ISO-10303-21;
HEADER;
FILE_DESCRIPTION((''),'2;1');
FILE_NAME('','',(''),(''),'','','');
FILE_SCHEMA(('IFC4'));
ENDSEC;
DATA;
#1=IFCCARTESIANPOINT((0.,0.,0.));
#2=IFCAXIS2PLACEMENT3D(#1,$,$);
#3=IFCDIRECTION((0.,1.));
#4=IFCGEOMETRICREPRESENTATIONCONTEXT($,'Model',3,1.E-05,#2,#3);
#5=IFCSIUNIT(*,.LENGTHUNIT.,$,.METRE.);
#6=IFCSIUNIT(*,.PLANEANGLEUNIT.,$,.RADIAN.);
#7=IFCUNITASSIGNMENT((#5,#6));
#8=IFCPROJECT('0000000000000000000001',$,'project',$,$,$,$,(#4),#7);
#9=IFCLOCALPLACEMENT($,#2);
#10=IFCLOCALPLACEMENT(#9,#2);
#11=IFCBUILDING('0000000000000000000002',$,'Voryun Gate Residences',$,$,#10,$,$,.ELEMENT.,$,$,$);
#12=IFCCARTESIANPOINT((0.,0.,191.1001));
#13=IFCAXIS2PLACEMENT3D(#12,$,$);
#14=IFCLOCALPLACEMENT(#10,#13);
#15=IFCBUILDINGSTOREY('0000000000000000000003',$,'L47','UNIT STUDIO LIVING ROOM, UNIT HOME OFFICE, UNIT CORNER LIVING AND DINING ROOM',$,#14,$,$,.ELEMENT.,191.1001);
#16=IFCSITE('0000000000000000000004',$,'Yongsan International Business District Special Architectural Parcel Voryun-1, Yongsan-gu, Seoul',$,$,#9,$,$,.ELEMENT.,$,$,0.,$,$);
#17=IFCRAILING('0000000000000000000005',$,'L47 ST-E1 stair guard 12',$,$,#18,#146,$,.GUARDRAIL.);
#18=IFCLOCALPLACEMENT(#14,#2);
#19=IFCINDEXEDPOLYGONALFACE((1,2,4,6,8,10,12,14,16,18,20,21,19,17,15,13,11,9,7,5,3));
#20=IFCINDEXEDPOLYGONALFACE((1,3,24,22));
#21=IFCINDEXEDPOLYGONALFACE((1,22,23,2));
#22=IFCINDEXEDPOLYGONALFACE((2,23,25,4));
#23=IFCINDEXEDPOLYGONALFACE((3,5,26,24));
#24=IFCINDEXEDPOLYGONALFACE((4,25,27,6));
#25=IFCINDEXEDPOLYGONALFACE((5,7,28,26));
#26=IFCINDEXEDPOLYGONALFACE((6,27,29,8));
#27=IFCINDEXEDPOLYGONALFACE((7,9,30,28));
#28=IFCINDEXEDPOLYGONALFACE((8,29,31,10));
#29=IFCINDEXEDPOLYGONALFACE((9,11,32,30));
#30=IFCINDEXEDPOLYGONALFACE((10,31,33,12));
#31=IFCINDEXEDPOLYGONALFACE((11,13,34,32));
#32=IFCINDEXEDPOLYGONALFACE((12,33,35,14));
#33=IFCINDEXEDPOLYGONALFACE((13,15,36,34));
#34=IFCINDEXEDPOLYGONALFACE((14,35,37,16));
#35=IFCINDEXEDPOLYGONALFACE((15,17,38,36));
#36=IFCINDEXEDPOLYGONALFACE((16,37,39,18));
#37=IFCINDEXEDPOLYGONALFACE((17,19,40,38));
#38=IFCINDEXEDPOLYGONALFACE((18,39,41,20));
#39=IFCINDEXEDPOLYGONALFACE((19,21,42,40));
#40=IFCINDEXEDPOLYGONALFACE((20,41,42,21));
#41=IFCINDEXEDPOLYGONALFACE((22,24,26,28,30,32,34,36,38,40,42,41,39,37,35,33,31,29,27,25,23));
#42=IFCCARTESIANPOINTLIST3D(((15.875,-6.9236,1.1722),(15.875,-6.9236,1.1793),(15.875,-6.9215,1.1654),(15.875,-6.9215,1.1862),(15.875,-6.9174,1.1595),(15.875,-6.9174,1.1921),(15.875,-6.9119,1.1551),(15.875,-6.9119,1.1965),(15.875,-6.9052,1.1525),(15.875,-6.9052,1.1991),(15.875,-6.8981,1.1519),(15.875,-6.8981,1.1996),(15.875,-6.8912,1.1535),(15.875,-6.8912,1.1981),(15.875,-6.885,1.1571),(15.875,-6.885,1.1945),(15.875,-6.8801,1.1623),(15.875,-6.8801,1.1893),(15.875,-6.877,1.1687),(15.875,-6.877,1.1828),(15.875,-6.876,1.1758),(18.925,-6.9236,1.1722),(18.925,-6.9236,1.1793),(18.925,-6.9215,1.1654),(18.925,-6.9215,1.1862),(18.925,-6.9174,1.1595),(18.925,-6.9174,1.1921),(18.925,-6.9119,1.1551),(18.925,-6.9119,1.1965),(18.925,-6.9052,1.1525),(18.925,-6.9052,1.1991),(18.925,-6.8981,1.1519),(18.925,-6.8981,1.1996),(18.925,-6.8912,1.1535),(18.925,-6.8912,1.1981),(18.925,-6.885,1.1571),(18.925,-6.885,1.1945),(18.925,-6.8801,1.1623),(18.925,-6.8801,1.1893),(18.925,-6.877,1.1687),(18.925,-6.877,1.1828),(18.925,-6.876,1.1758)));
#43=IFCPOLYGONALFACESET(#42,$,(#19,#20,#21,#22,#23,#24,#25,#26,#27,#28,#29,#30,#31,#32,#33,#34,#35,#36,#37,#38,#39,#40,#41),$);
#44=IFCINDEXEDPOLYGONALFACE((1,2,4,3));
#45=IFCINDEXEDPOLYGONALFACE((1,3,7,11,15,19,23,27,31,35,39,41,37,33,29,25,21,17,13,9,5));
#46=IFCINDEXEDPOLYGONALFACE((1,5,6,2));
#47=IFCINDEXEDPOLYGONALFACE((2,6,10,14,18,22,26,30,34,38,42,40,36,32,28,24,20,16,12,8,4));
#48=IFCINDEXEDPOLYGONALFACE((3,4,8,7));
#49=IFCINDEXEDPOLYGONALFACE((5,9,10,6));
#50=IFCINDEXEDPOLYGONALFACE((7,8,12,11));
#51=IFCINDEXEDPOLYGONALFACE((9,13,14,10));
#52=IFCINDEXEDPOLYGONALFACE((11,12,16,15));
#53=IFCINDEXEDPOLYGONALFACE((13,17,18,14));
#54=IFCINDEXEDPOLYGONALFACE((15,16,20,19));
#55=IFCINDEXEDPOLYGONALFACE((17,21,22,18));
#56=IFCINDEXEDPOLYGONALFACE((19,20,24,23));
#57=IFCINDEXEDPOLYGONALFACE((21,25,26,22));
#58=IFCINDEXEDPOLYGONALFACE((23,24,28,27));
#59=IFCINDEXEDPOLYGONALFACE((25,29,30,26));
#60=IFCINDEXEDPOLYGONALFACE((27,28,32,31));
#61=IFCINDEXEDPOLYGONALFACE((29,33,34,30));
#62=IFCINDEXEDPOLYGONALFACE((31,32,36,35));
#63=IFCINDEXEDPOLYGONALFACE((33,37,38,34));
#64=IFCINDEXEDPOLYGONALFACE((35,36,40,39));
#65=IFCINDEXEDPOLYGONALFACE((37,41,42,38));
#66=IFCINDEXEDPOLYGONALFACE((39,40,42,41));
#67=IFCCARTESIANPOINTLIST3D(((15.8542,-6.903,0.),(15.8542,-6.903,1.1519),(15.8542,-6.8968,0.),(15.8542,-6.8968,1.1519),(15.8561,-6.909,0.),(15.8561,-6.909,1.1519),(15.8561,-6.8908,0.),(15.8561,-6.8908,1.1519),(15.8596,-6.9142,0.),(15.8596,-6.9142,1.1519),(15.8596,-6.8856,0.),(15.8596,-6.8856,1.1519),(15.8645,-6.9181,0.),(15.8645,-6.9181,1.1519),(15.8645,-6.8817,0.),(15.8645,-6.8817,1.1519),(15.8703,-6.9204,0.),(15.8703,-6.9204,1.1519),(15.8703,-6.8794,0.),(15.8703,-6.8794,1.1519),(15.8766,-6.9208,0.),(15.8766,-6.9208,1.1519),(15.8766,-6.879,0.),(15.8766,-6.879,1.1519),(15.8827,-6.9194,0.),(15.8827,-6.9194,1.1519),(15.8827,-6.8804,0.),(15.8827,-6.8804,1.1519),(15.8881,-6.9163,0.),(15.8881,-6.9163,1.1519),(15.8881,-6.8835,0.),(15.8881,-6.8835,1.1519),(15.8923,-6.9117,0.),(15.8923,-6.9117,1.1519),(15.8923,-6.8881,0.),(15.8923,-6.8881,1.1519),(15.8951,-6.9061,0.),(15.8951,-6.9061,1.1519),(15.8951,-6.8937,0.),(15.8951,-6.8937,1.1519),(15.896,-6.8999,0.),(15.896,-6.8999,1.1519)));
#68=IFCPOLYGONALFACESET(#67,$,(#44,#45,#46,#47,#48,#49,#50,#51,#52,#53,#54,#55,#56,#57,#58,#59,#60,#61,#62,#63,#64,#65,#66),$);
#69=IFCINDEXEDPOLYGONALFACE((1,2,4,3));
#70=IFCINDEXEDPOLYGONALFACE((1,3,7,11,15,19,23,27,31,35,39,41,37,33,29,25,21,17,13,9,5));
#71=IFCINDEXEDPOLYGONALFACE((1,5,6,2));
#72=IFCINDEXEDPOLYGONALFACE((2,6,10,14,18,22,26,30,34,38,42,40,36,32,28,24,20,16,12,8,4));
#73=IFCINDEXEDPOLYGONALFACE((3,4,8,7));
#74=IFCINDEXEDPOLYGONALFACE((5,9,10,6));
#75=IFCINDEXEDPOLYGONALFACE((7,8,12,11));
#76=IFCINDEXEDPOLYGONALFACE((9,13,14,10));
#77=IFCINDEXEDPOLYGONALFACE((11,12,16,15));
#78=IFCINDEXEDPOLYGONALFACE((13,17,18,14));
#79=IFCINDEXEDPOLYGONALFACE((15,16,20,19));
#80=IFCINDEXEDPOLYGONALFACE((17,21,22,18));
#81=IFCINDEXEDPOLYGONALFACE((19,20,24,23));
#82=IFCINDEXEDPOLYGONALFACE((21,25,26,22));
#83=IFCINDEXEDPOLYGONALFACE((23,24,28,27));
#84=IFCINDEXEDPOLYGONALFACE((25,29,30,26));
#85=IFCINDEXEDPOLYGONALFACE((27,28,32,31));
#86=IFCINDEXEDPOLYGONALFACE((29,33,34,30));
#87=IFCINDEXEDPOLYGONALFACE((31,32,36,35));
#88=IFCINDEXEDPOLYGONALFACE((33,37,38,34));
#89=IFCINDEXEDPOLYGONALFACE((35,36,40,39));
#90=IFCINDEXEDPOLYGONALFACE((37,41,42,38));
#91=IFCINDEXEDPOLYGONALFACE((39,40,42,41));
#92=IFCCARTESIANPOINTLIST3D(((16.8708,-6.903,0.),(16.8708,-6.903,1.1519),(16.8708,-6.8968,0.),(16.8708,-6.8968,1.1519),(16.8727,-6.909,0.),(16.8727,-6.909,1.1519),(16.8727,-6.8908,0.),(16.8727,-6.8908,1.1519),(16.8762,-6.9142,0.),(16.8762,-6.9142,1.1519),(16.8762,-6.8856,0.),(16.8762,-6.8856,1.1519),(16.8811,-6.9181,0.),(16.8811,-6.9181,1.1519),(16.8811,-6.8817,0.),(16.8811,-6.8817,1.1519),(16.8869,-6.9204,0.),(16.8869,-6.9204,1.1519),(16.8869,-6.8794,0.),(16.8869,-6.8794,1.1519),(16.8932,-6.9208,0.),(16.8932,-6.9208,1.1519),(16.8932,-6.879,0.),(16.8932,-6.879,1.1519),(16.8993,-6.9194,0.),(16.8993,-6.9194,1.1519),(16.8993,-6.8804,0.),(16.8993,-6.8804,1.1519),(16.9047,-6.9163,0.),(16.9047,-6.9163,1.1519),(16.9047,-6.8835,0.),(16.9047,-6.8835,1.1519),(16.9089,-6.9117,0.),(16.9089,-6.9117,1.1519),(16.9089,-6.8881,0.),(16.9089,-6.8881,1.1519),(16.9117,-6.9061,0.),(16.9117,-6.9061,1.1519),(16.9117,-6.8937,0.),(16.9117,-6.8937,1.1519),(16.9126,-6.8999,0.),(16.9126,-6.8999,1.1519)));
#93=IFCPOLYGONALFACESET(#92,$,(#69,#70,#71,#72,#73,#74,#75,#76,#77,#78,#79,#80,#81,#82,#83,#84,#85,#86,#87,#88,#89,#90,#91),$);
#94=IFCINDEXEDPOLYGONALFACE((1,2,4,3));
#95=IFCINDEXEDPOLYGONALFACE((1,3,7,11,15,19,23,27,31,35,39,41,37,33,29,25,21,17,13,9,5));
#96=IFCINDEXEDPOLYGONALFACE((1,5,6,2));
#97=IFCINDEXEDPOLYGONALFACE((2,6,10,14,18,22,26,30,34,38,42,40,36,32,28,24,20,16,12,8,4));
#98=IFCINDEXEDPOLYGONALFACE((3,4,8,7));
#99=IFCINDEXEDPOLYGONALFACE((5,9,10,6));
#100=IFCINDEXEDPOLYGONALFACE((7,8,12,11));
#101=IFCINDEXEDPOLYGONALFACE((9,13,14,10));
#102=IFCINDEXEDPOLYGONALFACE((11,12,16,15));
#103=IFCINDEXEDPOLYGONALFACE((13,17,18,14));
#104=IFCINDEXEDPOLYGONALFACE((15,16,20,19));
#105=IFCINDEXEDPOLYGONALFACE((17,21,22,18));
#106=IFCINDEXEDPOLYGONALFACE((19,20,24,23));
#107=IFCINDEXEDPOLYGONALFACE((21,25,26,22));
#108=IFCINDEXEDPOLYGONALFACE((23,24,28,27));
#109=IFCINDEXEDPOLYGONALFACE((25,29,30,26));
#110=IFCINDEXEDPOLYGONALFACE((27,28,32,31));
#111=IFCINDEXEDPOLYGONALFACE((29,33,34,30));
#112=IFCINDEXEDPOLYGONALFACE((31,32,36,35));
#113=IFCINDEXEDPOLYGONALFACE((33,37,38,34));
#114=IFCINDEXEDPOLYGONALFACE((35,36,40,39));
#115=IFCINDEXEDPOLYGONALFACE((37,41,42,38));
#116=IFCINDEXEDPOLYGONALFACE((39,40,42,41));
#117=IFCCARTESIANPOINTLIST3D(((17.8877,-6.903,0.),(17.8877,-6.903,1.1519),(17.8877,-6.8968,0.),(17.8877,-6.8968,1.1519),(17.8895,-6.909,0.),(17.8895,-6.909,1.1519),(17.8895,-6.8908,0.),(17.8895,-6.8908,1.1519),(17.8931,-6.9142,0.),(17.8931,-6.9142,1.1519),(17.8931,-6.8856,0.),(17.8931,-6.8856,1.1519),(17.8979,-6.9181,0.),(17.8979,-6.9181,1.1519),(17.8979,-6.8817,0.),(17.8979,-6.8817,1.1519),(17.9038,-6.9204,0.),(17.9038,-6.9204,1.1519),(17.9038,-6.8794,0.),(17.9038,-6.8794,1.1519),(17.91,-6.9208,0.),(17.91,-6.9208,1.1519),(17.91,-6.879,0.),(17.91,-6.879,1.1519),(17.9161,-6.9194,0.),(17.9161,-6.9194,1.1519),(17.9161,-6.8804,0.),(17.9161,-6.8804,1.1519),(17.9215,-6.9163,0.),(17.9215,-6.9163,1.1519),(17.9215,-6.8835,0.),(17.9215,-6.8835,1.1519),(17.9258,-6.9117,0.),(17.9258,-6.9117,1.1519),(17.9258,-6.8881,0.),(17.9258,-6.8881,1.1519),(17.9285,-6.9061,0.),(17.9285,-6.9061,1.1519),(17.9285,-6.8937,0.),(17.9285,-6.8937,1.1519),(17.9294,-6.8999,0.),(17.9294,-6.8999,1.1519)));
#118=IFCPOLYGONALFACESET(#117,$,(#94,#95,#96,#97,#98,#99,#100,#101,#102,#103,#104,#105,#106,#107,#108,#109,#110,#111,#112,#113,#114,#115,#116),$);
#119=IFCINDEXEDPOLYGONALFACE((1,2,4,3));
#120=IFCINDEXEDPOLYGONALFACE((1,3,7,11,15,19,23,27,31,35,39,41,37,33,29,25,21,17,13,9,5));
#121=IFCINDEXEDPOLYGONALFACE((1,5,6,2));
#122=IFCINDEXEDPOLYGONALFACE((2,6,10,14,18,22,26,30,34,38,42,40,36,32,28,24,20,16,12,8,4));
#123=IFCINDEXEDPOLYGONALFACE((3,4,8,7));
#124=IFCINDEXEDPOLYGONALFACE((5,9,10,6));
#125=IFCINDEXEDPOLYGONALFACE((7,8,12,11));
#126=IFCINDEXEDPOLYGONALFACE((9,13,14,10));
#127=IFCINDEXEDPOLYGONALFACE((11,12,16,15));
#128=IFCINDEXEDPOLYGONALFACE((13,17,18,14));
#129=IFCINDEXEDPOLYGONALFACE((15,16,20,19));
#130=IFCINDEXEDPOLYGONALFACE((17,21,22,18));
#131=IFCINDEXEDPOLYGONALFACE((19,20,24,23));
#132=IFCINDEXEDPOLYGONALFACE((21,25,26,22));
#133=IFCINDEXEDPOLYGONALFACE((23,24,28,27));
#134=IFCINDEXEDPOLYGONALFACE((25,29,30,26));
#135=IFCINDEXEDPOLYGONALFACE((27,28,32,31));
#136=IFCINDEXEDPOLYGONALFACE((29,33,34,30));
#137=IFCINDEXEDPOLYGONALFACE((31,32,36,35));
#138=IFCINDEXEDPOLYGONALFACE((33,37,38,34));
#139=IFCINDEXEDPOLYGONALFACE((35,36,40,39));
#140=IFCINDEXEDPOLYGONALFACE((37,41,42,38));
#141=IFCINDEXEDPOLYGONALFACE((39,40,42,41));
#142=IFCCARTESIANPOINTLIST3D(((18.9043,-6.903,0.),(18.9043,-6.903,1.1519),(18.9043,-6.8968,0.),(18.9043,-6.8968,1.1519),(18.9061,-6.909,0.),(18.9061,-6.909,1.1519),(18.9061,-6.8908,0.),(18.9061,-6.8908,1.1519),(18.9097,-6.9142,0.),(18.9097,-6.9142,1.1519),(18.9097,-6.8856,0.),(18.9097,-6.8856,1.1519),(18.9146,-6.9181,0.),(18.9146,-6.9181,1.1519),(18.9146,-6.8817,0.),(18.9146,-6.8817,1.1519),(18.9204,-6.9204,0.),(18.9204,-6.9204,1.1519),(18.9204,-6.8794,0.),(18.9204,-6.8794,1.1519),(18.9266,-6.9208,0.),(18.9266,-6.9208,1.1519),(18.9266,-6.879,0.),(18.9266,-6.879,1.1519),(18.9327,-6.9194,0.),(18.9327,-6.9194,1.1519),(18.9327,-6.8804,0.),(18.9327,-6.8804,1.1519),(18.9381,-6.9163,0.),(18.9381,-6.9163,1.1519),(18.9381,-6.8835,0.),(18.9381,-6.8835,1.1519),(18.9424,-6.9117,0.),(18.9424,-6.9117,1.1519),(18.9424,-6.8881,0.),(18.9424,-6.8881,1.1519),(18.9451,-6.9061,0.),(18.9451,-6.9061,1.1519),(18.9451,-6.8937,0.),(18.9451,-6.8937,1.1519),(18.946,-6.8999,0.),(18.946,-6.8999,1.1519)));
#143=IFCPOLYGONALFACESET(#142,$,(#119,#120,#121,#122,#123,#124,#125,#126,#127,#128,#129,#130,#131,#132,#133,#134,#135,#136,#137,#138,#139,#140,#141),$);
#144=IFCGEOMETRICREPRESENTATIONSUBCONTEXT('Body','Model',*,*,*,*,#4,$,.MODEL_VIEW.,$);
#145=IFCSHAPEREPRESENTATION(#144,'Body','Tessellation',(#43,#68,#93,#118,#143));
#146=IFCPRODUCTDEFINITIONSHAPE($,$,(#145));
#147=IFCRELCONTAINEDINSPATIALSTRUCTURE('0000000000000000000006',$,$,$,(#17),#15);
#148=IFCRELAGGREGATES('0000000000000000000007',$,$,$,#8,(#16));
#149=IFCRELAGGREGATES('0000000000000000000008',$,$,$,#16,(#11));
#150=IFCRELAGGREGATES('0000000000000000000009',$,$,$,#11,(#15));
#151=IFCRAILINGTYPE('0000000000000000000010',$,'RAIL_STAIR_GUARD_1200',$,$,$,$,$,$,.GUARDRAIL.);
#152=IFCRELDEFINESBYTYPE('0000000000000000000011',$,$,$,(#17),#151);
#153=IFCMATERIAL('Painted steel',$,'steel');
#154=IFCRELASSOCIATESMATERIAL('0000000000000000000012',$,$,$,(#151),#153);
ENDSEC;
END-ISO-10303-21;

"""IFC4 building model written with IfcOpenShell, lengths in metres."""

from ifc_helpers import new_model, si_unit, direction, frame, origin, origin_2d, place, context, subcontext, project, spatial, circle, extrude, material, type_object, element, save


model = new_model("IFC4")

# Units and contexts
model_context = context("Model", 3, precision=1e-05, world=origin(), true_north=direction((0.0, 1.0)))
body_context = subcontext(model_context, "Body", "Model", "MODEL_VIEW")
ifc_project = project(units=[si_unit("LENGTHUNIT", "METRE"), si_unit("PLANEANGLEUNIT", "RADIAN")], contexts=[model_context])

# Site, building, storey
site_placement = place(None, origin())
site = spatial("IfcSite", under=ifc_project, at=site_placement, Name="Yongsan International Business District Special Architectural Parcel Voryun-1, Yongsan-gu, Seoul", CompositionType="ELEMENT", RefElevation=0.0)
building_placement = place(site_placement, origin())
building = spatial("IfcBuilding", under=site, at=building_placement, Name="Voryun Gate Residences", CompositionType="ELEMENT")
storey_placement = place(building_placement, frame((0.0, 0.0, 191.1001)))
storey = spatial("IfcBuildingStorey", under=building, at=storey_placement, Name="L47", Description="UNIT STUDIO LIVING ROOM, UNIT HOME OFFICE, UNIT CORNER LIVING AND DINING ROOM", CompositionType="ELEMENT", Elevation=191.1001)

# Railing
ifc_material_1 = material(Name="Painted steel", Category="steel")
railing_type = type_object("IfcRailingType", Name="RAIL_STAIR_GUARD_1200", PredefinedType="GUARDRAIL", material=ifc_material_1)
railing_1_placement = place(storey_placement, frame((15.875, -6.8999, 0.0)))
element("IfcRailing", 1, at=railing_1_placement, inside=storey, type_object=railing_type, Name="L47 ST-E1 stair guard 12", PredefinedType="GUARDRAIL", context=body_context, shape_type="SweptSolid", body=[
    extrude(circle(Radius=0.0239, at=origin_2d()), frame((0.0, 0.0, 1.1758), z_axis=(1.0, 0.0, 0.0), x_axis=(0.0, 1.0, 0.0)), (0.0, 0.0, 1.0), 3.05),
    extrude(circle(Radius=0.021, at=origin_2d()), origin(), (0.0, 0.0, 1.0), 1.1519),
    extrude(circle(Radius=0.021, at=origin_2d()), frame((1.0166, 0.0, 0.0)), (0.0, 0.0, 1.0), 1.1519),
    extrude(circle(Radius=0.021, at=origin_2d()), frame((2.0334, 0.0, 0.0)), (0.0, 0.0, 1.0), 1.1519),
    extrude(circle(Radius=0.021, at=origin_2d()), frame((3.05, 0.0, 0.0)), (0.0, 0.0, 1.0), 1.1519),
])

save(model, "model.ifc")
